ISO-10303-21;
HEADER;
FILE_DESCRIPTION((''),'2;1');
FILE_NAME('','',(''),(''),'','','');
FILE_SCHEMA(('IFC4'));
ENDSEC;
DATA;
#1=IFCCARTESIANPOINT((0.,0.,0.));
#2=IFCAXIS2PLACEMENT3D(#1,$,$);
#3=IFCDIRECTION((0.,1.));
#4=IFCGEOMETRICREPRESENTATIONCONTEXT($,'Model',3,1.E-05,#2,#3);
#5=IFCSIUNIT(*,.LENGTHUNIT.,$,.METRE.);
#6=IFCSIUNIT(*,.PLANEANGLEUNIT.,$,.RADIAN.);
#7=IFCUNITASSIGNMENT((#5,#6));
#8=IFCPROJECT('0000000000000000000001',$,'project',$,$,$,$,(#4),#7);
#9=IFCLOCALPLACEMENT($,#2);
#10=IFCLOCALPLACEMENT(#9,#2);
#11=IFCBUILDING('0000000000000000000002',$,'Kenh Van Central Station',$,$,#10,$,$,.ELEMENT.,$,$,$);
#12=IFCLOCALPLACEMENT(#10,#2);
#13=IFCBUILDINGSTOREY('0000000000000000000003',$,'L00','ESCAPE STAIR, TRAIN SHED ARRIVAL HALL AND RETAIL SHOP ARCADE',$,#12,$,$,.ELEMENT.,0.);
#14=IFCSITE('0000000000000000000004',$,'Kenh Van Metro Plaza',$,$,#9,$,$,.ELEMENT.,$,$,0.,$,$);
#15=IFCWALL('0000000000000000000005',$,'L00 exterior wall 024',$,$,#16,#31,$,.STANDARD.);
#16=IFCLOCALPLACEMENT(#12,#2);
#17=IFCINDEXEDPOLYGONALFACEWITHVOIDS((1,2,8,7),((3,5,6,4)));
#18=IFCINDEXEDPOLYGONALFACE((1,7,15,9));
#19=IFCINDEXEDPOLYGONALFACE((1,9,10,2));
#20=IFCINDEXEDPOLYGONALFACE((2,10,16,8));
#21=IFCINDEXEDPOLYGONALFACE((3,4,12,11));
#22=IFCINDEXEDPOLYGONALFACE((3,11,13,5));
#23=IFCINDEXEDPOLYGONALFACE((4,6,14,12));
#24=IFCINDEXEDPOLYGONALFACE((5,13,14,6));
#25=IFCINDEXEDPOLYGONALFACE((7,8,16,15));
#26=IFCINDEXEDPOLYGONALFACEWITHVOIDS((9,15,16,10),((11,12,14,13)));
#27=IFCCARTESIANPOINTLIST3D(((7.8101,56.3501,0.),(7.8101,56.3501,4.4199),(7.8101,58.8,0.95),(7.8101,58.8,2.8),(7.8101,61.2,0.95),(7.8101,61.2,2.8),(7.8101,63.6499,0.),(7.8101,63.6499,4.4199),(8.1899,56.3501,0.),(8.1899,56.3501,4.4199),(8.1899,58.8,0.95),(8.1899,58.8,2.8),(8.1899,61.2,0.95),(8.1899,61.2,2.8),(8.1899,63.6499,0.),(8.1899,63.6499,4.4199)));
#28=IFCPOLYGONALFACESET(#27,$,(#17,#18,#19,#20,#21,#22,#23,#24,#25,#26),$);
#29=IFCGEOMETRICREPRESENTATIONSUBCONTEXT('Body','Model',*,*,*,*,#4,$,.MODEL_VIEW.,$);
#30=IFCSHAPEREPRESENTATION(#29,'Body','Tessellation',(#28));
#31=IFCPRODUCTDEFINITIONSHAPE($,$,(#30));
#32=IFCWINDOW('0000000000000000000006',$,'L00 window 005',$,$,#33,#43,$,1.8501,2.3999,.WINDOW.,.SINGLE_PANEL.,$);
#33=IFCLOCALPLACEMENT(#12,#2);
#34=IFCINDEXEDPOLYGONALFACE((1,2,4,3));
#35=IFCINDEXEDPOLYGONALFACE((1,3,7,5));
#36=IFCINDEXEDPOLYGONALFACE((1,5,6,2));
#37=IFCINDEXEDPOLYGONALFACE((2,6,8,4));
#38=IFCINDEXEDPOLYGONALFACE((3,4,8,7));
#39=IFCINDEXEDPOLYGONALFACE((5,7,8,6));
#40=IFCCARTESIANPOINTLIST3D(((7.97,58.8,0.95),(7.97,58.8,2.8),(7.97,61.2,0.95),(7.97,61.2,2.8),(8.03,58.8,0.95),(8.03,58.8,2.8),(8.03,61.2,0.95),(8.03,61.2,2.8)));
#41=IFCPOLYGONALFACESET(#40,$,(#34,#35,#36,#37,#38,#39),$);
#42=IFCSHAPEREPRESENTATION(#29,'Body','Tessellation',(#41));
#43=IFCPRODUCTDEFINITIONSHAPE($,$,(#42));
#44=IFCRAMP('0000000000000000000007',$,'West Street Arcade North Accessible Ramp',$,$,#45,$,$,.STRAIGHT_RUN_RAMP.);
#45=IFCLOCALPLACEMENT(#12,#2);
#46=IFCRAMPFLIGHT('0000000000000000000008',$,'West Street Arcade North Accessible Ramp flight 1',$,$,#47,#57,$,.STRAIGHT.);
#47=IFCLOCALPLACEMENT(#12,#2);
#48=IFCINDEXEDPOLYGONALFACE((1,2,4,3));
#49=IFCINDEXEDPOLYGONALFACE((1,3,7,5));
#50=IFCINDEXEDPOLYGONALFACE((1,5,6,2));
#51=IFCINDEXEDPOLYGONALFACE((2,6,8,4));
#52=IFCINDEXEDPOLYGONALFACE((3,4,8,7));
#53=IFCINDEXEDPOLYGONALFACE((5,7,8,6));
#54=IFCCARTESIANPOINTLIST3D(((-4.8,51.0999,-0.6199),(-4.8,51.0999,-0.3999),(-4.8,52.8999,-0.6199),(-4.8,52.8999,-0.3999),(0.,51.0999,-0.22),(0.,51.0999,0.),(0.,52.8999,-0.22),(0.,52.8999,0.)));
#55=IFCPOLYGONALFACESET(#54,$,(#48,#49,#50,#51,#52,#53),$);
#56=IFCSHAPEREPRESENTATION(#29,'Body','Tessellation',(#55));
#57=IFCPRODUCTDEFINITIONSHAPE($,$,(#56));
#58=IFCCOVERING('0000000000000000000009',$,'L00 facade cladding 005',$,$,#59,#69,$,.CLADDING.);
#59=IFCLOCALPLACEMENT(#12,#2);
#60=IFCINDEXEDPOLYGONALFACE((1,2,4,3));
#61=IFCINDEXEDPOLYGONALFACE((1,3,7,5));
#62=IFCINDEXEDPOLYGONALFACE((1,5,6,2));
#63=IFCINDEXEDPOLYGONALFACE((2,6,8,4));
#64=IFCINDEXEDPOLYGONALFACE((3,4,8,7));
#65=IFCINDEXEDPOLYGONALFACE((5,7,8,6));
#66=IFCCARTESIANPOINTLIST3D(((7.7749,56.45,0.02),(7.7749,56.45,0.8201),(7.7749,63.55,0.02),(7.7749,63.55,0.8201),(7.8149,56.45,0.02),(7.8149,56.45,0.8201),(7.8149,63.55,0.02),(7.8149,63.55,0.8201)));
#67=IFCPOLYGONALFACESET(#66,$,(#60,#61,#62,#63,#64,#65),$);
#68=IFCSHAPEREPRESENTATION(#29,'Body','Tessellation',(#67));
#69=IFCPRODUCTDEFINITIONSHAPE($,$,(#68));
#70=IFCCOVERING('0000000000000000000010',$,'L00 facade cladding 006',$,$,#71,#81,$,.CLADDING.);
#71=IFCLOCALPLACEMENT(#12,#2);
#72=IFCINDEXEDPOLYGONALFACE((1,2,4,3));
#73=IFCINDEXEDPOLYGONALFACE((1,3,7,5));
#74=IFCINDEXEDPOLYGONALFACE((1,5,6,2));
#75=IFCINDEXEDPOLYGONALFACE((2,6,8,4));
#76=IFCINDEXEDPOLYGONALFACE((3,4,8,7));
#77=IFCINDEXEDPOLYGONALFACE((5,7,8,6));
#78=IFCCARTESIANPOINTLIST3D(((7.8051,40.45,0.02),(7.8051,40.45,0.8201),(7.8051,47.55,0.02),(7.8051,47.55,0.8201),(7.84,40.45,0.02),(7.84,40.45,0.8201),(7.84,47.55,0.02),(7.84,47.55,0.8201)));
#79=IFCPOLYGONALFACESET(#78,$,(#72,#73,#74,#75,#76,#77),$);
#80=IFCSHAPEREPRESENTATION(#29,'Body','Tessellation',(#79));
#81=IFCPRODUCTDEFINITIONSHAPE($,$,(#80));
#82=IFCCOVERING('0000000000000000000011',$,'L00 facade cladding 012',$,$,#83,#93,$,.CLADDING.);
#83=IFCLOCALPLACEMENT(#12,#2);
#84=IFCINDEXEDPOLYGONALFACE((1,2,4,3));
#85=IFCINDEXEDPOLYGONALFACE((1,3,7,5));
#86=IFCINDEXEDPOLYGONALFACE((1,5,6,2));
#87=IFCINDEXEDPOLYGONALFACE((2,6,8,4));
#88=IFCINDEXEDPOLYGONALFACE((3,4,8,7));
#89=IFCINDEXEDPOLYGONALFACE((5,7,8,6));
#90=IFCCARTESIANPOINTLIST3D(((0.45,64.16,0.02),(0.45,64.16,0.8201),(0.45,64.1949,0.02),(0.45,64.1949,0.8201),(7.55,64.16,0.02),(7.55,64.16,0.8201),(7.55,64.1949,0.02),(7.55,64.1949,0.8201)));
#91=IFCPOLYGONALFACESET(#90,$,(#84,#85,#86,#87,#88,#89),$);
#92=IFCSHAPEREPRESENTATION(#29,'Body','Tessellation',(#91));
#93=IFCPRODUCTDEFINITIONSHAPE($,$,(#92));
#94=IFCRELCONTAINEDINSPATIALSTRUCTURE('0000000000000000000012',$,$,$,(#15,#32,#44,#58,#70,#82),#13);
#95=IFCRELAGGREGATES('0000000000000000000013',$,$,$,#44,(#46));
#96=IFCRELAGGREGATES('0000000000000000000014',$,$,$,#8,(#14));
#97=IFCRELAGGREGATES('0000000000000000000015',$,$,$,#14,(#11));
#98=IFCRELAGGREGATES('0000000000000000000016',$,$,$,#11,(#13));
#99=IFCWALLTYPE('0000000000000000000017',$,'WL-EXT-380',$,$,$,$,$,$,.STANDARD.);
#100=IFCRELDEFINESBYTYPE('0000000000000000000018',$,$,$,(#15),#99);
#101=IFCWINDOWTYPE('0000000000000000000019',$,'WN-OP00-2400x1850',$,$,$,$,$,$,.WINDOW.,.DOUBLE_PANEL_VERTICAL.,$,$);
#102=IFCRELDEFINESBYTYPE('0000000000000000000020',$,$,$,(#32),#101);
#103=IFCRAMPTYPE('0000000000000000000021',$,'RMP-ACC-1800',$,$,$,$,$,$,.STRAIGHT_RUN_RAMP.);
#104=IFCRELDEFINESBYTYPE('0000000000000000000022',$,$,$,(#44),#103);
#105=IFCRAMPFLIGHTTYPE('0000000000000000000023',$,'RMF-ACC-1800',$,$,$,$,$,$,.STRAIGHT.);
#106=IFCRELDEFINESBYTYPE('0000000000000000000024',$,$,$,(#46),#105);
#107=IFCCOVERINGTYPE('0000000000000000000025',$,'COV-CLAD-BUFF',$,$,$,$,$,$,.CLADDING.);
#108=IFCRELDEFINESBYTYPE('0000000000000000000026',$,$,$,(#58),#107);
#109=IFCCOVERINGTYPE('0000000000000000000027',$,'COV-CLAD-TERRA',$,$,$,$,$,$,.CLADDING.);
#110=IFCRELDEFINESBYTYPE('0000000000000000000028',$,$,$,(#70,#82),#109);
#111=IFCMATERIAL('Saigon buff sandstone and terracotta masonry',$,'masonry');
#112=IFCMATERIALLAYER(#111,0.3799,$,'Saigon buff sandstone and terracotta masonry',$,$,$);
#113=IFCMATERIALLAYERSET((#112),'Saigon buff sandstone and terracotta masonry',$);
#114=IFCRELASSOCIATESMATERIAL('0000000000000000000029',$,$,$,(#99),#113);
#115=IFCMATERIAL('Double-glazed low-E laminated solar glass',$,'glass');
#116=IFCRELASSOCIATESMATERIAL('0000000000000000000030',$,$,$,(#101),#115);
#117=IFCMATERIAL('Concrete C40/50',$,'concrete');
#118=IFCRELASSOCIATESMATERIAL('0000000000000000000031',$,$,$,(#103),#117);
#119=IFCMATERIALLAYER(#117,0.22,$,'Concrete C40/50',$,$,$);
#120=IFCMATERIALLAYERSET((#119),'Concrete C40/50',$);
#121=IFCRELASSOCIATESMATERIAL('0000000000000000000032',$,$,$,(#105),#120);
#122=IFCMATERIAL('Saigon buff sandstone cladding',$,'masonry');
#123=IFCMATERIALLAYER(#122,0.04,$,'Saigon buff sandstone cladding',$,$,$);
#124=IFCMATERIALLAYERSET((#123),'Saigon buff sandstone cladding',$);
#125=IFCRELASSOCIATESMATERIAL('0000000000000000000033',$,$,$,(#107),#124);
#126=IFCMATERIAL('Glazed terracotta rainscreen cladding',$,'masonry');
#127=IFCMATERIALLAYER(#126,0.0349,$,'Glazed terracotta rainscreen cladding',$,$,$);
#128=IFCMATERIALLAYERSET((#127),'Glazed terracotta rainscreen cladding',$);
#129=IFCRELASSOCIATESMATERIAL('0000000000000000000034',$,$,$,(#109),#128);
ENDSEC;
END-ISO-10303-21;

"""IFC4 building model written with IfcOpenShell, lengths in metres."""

from ifc_helpers import new_model, si_unit, direction, frame, frame_2d, origin, origin_2d, place, context, subcontext, project, spatial, polyline, rectangle, outline, extrude, material, layer, layer_set, type_object, element, fill, aggregate, save


model = new_model("IFC4")

# Units and contexts
model_context = context("Model", 3, precision=1e-05, world=origin(), true_north=direction((0.0, 1.0)))
body_context = subcontext(model_context, "Body", "Model", "MODEL_VIEW")
ifc_project = project(units=[si_unit("LENGTHUNIT", "METRE"), si_unit("PLANEANGLEUNIT", "RADIAN")], contexts=[model_context])

# Site, building, storey
site_placement = place(None, origin())
site = spatial("IfcSite", under=ifc_project, at=site_placement, Name="Kenh Van Metro Plaza", CompositionType="ELEMENT", RefElevation=0.0)
building_placement = place(site_placement, origin())
building = spatial("IfcBuilding", under=site, at=building_placement, Name="Kenh Van Central Station", CompositionType="ELEMENT")
storey_placement = place(building_placement, origin())
storey = spatial("IfcBuildingStorey", under=building, at=storey_placement, Name="L00", Description="ESCAPE STAIR, TRAIN SHED ARRIVAL HALL AND RETAIL SHOP ARCADE", CompositionType="ELEMENT", Elevation=0.0)

# Shared definitions
ifc_material_1 = material(Name="Concrete C40/50", Category="concrete")

# Shared definitions
ifc_material_2 = material(Name="Saigon buff sandstone and terracotta masonry", Category="masonry")
ifc_material_3 = material(Name="Double-glazed low-E laminated solar glass", Category="glass")

# Wall, opening, window
ifc_layer_1 = layer(ifc_material_2, 0.3799, Name="Saigon buff sandstone and terracotta masonry")
ifc_layer_set_1 = layer_set([ifc_layer_1], Name="Saigon buff sandstone and terracotta masonry")
wall_type_1 = type_object("IfcWallType", Name="WL-EXT-380", PredefinedType="STANDARD", material=ifc_layer_set_1)
wall_1_placement = place(storey_placement, frame((8.0, 63.6499, 0.0), z_axis=(0.0, 0.0, 1.0), x_axis=(0.0, -1.0, 0.0)))
wall_1 = element("IfcWall", 1, at=wall_1_placement, inside=storey, type_object=wall_type_1, Name="L00 exterior wall 024", PredefinedType="STANDARD", context=body_context, shape_type="SweptSolid", body=[
    extrude(rectangle(XDim=7.2998, YDim=0.3799, at=frame_2d((3.6499, 0.0))), origin(), (0.0, 0.0, 1.0), 4.4199),
])
opening_1_placement = place(wall_1_placement, frame((2.45, 0.0, 0.95)))
opening_1 = element("IfcOpeningElement", 2, at=opening_1_placement, cuts=wall_1, PredefinedType="OPENING", context=body_context, shape_type="SweptSolid", body=[
    extrude(rectangle(XDim=2.3999, YDim=1.8501, at=frame_2d((1.2, 0.925))), frame((0.0, 0.2, 0.0), z_axis=(0.0, -1.0, 0.0), x_axis=(1.0, 0.0, 0.0)), (0.0, 0.0, 1.0), 0.3999),
])
window_type_1 = type_object("IfcWindowType", Name="WN-OP00-2400x1850", PartitioningType="DOUBLE_PANEL_VERTICAL", PredefinedType="WINDOW", material=ifc_material_3)
window_1_placement = place(opening_1_placement, origin())
window_1 = element("IfcWindow", 3, at=window_1_placement, inside=storey, type_object=window_type_1, Name="L00 window 005", OverallHeight=1.8501, OverallWidth=2.3999, PartitioningType="SINGLE_PANEL", PredefinedType="WINDOW", context=body_context, shape_type="SweptSolid", body=[
    extrude(rectangle(XDim=2.3999, YDim=1.8501, at=frame_2d((1.2, 0.925))), frame((0.0, 0.03, 0.0), z_axis=(0.0, -1.0, 0.0), x_axis=(1.0, 0.0, 0.0)), (0.0, 0.0, 1.0), 0.0601),
])
fill(opening_1, window_1)

# Ramp, ramp flight
ramp_type = type_object("IfcRampType", Name="RMP-ACC-1800", PredefinedType="STRAIGHT_RUN_RAMP", material=ifc_material_1)
ramp_placement = place(storey_placement, origin())
ramp = element("IfcRamp", 4, at=ramp_placement, inside=storey, type_object=ramp_type, Name="West Street Arcade North Accessible Ramp", PredefinedType="STRAIGHT_RUN_RAMP")
ifc_layer_2 = layer(ifc_material_1, 0.22, Name="Concrete C40/50")
ifc_layer_set_2 = layer_set([ifc_layer_2], Name="Concrete C40/50")
ramp_flight_type = type_object("IfcRampFlightType", Name="RMF-ACC-1800", PredefinedType="STRAIGHT", material=ifc_layer_set_2)
ramp_flight_placement = place(storey_placement, frame((-4.8, 52.0, -0.3999), z_axis=(0.0, 0.0, 1.0), x_axis=(1.0, 0.0, 0.0)))
ramp_flight = element("IfcRampFlight", 5, at=ramp_flight_placement, type_object=ramp_flight_type, Name="West Street Arcade North Accessible Ramp flight 1", PredefinedType="STRAIGHT", context=body_context, shape_type="SweptSolid", body=[
    extrude(outline(polyline([(0.0, 0.0), (0.0, -0.22), (4.8, 0.1799), (4.8, 0.3999), (0.0, 0.0)])), frame((0.0, 0.8999, 0.0), z_axis=(0.0, -1.0, 0.0), x_axis=(1.0, 0.0, 0.0)), (0.0, 0.0, 1.0), 1.8),
])
aggregate(ramp, [ramp_flight])

# Coverings
ifc_material_4 = material(Name="Saigon buff sandstone cladding", Category="masonry")
ifc_layer_3 = layer(ifc_material_4, 0.04, Name="Saigon buff sandstone cladding")
ifc_layer_set_3 = layer_set([ifc_layer_3], Name="Saigon buff sandstone cladding")
covering_type_1 = type_object("IfcCoveringType", Name="COV-CLAD-BUFF", PredefinedType="CLADDING", material=ifc_layer_set_3)
covering_placement = place(storey_placement, frame((7.7949, 60.0, 0.02), z_axis=(0.0, 0.0, 1.0), x_axis=(0.0, -1.0, 0.0)))
element("IfcCovering", 6, at=covering_placement, inside=storey, type_object=covering_type_1, Name="L00 facade cladding 005", PredefinedType="CLADDING", context=body_context, shape_type="SweptSolid", body=[
    extrude(rectangle(XDim=7.1001, YDim=0.04, at=origin_2d()), origin(), (0.0, 0.0, 1.0), 0.8),
])
ifc_material_5 = material(Name="Glazed terracotta rainscreen cladding", Category="masonry")
ifc_layer_4 = layer(ifc_material_5, 0.0349, Name="Glazed terracotta rainscreen cladding")
ifc_layer_set_4 = layer_set([ifc_layer_4], Name="Glazed terracotta rainscreen cladding")
covering_type_2 = type_object("IfcCoveringType", Name="COV-CLAD-TERRA", PredefinedType="CLADDING", material=ifc_layer_set_4)
for number, where, z_axis, x_axis, name in (
    (7, (7.8225, 44.0, 0.02), (0.0, 0.0, 1.0), (0.0, -1.0, 0.0), "L00 facade cladding 006"),
    (8, (4.0, 64.1775, 0.02), (0.0, 0.0, 1.0), (-1.0, 0.0, 0.0), "L00 facade cladding 012"),
):
    element("IfcCovering", number, at=place(storey_placement, frame(where, z_axis=z_axis, x_axis=x_axis)), inside=storey, type_object=covering_type_2, Name=name, PredefinedType="CLADDING", context=body_context, shape_type="SweptSolid", body=[
        extrude(rectangle(XDim=7.1001, YDim=0.0349, at=origin_2d()), origin(), (0.0, 0.0, 1.0), 0.8),
    ])

save(model, "model.ifc")
